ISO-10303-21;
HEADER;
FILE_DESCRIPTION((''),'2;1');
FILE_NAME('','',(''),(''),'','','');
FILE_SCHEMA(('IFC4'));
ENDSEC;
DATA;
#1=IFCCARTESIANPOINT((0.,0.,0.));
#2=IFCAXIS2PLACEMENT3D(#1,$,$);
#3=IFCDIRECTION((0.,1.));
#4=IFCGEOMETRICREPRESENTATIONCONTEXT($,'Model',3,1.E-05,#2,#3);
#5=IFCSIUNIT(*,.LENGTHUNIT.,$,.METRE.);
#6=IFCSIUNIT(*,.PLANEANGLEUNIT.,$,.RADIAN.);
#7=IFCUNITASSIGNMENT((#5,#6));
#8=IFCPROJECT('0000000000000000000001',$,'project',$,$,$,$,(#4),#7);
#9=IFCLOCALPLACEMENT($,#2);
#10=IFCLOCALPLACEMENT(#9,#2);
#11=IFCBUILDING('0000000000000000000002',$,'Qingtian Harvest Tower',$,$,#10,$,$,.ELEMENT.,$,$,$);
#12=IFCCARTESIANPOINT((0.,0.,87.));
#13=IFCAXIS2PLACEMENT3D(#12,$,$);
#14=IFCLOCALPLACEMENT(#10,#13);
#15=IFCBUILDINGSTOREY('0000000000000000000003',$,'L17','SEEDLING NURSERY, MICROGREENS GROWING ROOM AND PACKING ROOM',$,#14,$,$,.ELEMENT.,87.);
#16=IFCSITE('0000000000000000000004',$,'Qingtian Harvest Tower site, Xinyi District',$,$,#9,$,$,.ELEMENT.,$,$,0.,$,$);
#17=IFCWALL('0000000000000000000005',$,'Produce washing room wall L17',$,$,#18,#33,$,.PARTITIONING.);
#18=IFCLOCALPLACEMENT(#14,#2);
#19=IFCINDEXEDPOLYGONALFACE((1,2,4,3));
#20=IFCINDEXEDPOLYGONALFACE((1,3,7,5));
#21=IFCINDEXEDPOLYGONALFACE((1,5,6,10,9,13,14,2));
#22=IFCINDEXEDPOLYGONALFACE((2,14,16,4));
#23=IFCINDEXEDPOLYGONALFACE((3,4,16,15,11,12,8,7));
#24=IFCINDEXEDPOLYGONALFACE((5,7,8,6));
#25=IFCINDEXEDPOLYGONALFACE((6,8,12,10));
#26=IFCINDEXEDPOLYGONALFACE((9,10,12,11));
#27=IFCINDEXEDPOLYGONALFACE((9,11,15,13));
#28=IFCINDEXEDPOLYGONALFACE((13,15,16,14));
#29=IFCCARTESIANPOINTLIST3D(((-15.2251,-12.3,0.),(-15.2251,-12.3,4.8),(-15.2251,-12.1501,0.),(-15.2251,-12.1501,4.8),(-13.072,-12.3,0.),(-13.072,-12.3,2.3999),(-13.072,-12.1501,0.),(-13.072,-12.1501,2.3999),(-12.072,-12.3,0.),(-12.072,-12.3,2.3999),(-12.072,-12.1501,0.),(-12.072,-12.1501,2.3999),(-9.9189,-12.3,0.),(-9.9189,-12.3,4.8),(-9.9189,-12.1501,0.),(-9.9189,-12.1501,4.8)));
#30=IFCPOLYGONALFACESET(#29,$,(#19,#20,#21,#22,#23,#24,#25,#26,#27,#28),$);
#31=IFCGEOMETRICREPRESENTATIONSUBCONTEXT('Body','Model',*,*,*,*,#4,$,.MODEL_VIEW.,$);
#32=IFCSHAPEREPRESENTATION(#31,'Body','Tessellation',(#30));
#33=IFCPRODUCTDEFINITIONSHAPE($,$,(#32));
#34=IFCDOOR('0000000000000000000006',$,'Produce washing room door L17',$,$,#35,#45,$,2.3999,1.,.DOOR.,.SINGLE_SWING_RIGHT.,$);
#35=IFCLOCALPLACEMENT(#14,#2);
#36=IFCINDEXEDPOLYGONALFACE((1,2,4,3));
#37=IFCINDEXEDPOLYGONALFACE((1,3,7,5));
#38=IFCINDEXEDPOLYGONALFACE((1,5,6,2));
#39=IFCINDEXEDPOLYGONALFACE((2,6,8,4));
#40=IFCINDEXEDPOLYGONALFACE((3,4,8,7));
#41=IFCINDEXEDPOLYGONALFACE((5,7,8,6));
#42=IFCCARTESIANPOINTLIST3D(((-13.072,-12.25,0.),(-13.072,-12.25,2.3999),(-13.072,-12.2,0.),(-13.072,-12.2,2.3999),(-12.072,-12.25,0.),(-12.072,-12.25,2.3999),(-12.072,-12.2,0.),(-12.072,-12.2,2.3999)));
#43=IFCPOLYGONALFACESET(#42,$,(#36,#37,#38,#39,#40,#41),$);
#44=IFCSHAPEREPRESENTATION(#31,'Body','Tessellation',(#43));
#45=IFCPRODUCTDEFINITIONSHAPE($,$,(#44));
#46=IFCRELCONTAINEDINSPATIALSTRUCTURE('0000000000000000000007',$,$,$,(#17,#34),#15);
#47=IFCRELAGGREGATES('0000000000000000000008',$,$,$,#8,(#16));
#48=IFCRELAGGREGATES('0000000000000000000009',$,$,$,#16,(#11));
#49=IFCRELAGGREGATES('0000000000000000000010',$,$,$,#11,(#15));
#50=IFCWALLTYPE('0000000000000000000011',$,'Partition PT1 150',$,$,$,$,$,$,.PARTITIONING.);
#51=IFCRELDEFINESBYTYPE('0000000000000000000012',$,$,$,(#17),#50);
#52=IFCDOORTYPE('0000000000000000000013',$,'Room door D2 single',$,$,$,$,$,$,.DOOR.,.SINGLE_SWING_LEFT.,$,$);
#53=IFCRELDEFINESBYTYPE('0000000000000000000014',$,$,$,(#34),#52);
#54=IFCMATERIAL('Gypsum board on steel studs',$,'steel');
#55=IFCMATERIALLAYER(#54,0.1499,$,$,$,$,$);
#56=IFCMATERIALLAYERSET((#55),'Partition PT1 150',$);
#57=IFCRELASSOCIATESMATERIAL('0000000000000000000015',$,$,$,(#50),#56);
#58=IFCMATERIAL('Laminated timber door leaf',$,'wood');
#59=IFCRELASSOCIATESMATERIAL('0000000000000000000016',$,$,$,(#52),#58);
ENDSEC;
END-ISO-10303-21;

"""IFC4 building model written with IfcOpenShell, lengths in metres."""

from ifc_helpers import new_model, si_unit, direction, frame, frame_2d, origin, place, context, subcontext, project, spatial, rectangle, extrude, material, layer, layer_set, type_object, element, fill, save


model = new_model("IFC4")

# Units and contexts
model_context = context("Model", 3, precision=1e-05, world=origin(), true_north=direction((0.0, 1.0)))
body_context = subcontext(model_context, "Body", "Model", "MODEL_VIEW")
ifc_project = project(units=[si_unit("LENGTHUNIT", "METRE"), si_unit("PLANEANGLEUNIT", "RADIAN")], contexts=[model_context])

# Site, building, storey
site_placement = place(None, origin())
site = spatial("IfcSite", under=ifc_project, at=site_placement, Name="Qingtian Harvest Tower site, Xinyi District", CompositionType="ELEMENT", RefElevation=0.0)
building_placement = place(site_placement, origin())
building = spatial("IfcBuilding", under=site, at=building_placement, Name="Qingtian Harvest Tower", CompositionType="ELEMENT")
storey_placement = place(building_placement, frame((0.0, 0.0, 87.0)))
storey = spatial("IfcBuildingStorey", under=building, at=storey_placement, Name="L17", Description="SEEDLING NURSERY, MICROGREENS GROWING ROOM AND PACKING ROOM", CompositionType="ELEMENT", Elevation=87.0)

# Wall, opening, door
ifc_material_1 = material(Name="Gypsum board on steel studs", Category="steel")
ifc_layer_1 = layer(ifc_material_1, 0.1499)
ifc_layer_set_1 = layer_set([ifc_layer_1], Name="Partition PT1 150")
wall_type_1 = type_object("IfcWallType", Name="Partition PT1 150", PredefinedType="PARTITIONING", material=ifc_layer_set_1)
wall_1_placement = place(storey_placement, frame((-9.9189, -12.2251, 0.0), z_axis=(0.0, 0.0, 1.0), x_axis=(-1.0, 0.0, 0.0)))
wall_1 = element("IfcWall", 1, at=wall_1_placement, inside=storey, type_object=wall_type_1, Name="Produce washing room wall L17", PredefinedType="PARTITIONING", context=body_context, shape_type="SweptSolid", body=[
    extrude(rectangle(XDim=5.3062, YDim=0.1499, at=frame_2d((2.6531, 0.0))), origin(), (0.0, 0.0, 1.0), 4.8),
])
opening_1_placement = place(wall_1_placement, frame((2.1531, 0.0, 0.0)))
opening_1 = element("IfcOpeningElement", 2, at=opening_1_placement, cuts=wall_1, PredefinedType="OPENING", context=body_context, shape_type="SweptSolid", body=[
    extrude(rectangle(XDim=1.0, YDim=2.3999, at=frame_2d((0.5, 1.2))), frame((0.0, 0.085, 0.0), z_axis=(0.0, -1.0, 0.0), x_axis=(1.0, 0.0, 0.0)), (0.0, 0.0, 1.0), 0.1699),
])
ifc_material_2 = material(Name="Laminated timber door leaf", Category="wood")
door_type_1 = type_object("IfcDoorType", Name="Room door D2 single", OperationType="SINGLE_SWING_LEFT", PredefinedType="DOOR", material=ifc_material_2)
door_1_placement = place(opening_1_placement, origin())
door_1 = element("IfcDoor", 3, at=door_1_placement, inside=storey, type_object=door_type_1, Name="Produce washing room door L17", OperationType="SINGLE_SWING_RIGHT", OverallHeight=2.3999, OverallWidth=1.0, PredefinedType="DOOR", context=body_context, shape_type="SweptSolid", body=[
    extrude(rectangle(XDim=1.0, YDim=2.3999, at=frame_2d((0.5, 1.2))), frame((0.0, 0.0249, 0.0), z_axis=(0.0, -1.0, 0.0), x_axis=(1.0, 0.0, 0.0)), (0.0, 0.0, 1.0), 0.05),
])
fill(opening_1, door_1)

save(model, "model.ifc")
